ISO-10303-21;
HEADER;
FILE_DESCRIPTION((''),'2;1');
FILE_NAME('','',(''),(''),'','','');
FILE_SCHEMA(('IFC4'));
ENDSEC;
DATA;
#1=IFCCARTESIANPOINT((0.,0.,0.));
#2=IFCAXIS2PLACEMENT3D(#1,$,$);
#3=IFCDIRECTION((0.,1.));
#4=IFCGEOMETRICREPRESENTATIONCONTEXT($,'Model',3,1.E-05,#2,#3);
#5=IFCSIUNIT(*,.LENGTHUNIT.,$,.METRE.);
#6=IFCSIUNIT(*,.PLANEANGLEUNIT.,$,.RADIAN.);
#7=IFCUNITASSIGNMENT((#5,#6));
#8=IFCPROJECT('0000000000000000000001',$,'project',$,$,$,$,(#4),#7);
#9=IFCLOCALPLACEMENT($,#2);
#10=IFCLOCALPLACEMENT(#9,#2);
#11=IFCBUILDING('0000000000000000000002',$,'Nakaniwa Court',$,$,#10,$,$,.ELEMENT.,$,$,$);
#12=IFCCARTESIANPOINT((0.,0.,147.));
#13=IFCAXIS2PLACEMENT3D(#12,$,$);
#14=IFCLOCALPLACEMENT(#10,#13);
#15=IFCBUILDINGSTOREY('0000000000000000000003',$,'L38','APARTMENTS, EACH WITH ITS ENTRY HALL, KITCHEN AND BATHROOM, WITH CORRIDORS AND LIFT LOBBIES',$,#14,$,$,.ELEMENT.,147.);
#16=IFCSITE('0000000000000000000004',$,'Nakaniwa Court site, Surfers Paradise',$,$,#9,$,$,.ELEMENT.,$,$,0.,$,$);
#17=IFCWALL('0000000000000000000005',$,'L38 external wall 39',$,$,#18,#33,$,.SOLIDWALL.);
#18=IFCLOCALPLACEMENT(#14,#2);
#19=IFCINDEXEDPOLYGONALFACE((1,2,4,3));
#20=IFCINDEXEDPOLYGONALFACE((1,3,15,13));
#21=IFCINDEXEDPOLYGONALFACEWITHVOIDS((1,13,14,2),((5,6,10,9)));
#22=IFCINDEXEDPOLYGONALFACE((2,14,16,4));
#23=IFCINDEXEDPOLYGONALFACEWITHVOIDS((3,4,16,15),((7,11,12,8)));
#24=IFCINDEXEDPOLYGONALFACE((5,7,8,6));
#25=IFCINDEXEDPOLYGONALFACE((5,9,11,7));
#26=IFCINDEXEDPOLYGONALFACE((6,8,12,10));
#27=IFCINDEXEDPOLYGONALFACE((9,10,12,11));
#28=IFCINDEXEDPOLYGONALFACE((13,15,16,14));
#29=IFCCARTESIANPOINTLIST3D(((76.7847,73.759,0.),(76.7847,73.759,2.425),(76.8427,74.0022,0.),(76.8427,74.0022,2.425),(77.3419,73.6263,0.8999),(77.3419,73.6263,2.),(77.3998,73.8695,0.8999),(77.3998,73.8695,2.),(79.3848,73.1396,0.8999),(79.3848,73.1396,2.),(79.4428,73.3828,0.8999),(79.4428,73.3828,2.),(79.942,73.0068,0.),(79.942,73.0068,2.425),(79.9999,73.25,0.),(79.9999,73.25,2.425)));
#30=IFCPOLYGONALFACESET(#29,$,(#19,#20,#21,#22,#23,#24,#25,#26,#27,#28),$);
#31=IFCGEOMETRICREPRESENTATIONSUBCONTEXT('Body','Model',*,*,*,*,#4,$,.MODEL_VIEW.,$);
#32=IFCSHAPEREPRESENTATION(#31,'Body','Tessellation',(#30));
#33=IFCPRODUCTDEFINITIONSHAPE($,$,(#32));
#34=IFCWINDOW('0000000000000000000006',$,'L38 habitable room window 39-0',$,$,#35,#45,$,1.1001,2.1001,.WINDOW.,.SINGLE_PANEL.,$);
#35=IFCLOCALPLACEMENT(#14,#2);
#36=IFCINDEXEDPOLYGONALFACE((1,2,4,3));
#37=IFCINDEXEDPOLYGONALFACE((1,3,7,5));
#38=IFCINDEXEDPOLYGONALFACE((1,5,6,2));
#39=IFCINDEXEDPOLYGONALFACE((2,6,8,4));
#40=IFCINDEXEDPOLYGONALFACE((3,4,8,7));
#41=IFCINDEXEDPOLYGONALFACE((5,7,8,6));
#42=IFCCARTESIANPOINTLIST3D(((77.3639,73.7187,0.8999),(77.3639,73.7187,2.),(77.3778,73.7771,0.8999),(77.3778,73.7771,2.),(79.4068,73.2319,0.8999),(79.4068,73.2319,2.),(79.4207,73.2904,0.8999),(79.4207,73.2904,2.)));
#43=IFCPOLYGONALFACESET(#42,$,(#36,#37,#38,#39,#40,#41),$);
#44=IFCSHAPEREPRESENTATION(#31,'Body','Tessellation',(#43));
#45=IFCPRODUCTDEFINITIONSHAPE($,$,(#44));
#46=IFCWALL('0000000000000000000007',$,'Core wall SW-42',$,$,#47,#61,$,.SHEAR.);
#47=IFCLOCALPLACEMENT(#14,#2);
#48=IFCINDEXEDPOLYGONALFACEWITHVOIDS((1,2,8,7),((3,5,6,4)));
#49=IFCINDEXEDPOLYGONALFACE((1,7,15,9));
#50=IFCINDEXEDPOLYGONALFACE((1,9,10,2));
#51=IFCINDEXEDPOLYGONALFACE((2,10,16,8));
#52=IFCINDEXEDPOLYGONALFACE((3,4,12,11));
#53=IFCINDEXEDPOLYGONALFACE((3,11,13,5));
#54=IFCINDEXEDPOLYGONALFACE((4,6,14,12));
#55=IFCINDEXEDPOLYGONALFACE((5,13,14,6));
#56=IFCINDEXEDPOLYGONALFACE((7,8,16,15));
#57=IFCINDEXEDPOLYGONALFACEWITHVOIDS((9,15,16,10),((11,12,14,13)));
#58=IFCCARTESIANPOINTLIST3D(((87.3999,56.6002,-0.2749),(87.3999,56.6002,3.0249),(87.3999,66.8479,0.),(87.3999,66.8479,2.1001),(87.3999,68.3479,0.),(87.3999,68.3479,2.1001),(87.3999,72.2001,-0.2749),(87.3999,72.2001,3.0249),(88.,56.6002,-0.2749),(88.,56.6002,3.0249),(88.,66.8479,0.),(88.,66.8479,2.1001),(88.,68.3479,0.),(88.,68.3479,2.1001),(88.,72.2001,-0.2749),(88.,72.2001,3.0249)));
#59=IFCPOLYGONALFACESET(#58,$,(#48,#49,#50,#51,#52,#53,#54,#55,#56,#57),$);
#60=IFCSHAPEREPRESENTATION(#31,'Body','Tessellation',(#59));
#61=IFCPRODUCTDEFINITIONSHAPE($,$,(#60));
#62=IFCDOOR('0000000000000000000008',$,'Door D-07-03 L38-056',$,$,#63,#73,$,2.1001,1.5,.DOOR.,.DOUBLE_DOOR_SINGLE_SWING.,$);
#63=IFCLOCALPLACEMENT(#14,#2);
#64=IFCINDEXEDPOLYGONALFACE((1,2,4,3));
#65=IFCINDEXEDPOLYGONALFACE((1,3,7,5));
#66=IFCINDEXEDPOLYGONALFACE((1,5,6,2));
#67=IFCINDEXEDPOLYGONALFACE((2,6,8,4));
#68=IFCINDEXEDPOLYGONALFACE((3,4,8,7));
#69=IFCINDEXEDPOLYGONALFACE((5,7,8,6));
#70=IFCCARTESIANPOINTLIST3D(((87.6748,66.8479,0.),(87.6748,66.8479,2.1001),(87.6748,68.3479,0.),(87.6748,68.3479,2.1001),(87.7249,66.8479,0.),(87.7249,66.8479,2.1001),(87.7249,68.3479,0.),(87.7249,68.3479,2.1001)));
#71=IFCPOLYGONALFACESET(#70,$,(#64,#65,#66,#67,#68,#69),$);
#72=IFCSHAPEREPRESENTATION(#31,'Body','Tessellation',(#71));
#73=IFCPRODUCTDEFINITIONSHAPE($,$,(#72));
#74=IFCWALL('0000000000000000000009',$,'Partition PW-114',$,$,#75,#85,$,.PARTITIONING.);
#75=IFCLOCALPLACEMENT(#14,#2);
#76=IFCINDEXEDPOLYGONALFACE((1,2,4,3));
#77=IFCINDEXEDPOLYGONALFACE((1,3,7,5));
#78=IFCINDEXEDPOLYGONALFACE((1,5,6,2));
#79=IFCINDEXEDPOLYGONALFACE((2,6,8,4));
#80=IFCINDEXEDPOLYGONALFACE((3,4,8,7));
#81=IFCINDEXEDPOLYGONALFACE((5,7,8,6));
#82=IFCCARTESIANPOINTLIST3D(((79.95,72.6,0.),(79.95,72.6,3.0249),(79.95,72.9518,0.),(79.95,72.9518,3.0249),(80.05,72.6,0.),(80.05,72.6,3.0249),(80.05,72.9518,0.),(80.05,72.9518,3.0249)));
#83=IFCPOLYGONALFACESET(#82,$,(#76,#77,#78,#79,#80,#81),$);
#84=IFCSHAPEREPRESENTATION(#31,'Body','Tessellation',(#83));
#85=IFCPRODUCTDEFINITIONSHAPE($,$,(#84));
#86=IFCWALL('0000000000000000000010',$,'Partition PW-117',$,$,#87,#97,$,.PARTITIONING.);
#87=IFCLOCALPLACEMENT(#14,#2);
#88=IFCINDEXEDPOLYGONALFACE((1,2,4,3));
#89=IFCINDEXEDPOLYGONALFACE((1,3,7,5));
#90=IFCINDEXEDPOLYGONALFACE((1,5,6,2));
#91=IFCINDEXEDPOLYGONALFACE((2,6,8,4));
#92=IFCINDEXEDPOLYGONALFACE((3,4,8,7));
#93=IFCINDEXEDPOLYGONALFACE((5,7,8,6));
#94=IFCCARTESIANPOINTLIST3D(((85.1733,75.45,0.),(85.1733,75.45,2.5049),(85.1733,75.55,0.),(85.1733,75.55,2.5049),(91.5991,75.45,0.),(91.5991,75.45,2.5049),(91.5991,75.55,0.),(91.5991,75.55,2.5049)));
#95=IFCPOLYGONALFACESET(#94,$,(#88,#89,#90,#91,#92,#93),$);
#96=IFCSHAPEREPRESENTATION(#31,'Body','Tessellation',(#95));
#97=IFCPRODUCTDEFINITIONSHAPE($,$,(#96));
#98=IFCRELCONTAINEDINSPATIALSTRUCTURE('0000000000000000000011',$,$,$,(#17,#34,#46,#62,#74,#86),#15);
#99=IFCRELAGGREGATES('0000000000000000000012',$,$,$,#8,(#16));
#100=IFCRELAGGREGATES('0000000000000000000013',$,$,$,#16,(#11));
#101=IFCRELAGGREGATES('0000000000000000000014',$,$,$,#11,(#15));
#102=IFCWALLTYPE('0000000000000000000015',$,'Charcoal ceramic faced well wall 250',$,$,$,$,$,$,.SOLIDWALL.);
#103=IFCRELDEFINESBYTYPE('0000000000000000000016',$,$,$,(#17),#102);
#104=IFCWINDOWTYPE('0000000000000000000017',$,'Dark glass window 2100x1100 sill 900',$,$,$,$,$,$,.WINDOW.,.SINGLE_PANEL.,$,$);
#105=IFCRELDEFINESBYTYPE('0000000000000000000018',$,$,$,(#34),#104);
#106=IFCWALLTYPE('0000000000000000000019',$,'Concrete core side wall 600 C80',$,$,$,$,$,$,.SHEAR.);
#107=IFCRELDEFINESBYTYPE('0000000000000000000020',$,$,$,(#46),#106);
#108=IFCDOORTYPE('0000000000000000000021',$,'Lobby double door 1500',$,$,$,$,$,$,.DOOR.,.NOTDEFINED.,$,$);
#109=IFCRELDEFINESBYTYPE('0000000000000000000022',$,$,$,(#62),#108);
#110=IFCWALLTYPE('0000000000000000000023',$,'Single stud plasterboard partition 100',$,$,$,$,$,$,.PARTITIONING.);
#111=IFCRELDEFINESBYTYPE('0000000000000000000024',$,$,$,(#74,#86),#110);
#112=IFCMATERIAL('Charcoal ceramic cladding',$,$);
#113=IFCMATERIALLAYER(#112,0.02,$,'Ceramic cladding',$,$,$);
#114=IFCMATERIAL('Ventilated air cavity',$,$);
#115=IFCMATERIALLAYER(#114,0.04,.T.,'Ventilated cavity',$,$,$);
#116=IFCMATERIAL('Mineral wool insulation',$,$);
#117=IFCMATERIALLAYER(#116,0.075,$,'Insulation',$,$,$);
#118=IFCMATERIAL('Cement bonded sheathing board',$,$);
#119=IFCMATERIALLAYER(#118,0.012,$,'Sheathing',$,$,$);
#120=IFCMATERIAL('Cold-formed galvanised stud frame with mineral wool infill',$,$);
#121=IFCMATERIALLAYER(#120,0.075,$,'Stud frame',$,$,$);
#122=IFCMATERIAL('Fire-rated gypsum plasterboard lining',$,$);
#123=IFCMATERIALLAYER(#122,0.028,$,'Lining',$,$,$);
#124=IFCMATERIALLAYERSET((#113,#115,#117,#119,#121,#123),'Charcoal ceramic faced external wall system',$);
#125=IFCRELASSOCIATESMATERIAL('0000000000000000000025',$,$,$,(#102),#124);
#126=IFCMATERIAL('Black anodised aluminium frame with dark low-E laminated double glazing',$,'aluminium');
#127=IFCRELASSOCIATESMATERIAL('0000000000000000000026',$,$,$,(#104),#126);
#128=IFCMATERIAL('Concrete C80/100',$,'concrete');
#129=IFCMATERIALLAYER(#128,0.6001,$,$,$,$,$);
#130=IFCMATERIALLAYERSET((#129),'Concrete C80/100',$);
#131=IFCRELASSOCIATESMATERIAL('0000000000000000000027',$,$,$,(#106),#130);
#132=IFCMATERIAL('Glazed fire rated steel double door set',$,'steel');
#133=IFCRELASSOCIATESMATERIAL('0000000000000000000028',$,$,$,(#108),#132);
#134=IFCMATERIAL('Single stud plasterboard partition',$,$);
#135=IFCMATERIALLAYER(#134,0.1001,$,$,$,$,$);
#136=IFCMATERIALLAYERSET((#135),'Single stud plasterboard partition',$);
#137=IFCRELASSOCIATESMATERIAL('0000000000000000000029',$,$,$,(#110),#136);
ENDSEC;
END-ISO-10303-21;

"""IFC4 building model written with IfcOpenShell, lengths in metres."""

from ifc_helpers import new_model, si_unit, direction, frame, frame_2d, origin, place, context, subcontext, project, spatial, rectangle, extrude, material, layer, layer_set, type_object, element, fill, save


model = new_model("IFC4")

# Units and contexts
model_context = context("Model", 3, precision=1e-05, world=origin(), true_north=direction((0.0, 1.0)))
body_context = subcontext(model_context, "Body", "Model", "MODEL_VIEW")
ifc_project = project(units=[si_unit("LENGTHUNIT", "METRE"), si_unit("PLANEANGLEUNIT", "RADIAN")], contexts=[model_context])

# Site, building, storey
site_placement = place(None, origin())
site = spatial("IfcSite", under=ifc_project, at=site_placement, Name="Nakaniwa Court site, Surfers Paradise", CompositionType="ELEMENT", RefElevation=0.0)
building_placement = place(site_placement, origin())
building = spatial("IfcBuilding", under=site, at=building_placement, Name="Nakaniwa Court", CompositionType="ELEMENT")
storey_placement = place(building_placement, frame((0.0, 0.0, 147.0)))
storey = spatial("IfcBuildingStorey", under=building, at=storey_placement, Name="L38", Description="APARTMENTS, EACH WITH ITS ENTRY HALL, KITCHEN AND BATHROOM, WITH CORRIDORS AND LIFT LOBBIES", CompositionType="ELEMENT", Elevation=147.0)

# Shared definitions
ifc_material_1 = material(Name="Concrete C80/100", Category="concrete")

# Wall, opening, window
ifc_material_2 = material(Name="Charcoal ceramic cladding")
ifc_layer_1 = layer(ifc_material_2, 0.02, Name="Ceramic cladding")
ifc_material_3 = material(Name="Ventilated air cavity")
ifc_layer_2 = layer(ifc_material_3, 0.04, ventilated=True, Name="Ventilated cavity")
ifc_material_4 = material(Name="Mineral wool insulation")
ifc_layer_3 = layer(ifc_material_4, 0.075, Name="Insulation")
ifc_material_5 = material(Name="Cement bonded sheathing board")
ifc_layer_4 = layer(ifc_material_5, 0.012, Name="Sheathing")
ifc_material_6 = material(Name="Cold-formed galvanised stud frame with mineral wool infill")
ifc_layer_5 = layer(ifc_material_6, 0.075, Name="Stud frame")
ifc_material_7 = material(Name="Fire-rated gypsum plasterboard lining")
ifc_layer_6 = layer(ifc_material_7, 0.028, Name="Lining")
ifc_layer_set_1 = layer_set([ifc_layer_1, ifc_layer_2, ifc_layer_3, ifc_layer_4, ifc_layer_5, ifc_layer_6], Name="Charcoal ceramic faced external wall system")
wall_type_1 = type_object("IfcWallType", Name="Charcoal ceramic faced well wall 250", PredefinedType="SOLIDWALL", material=ifc_layer_set_1)
ifc_material_8 = material(Name="Black anodised aluminium frame with dark low-E laminated double glazing", Category="aluminium")
window_type_1 = type_object("IfcWindowType", Name="Dark glass window 2100x1100 sill 900", PartitioningType="SINGLE_PANEL", PredefinedType="WINDOW", material=ifc_material_8)
wall_1_placement = place(storey_placement, frame((79.9709, 73.1284, 0.0), z_axis=(0.0, 0.0, 1.0), x_axis=(-0.972773, 0.23176, 0.0)))
wall_1 = element("IfcWall", 1, at=wall_1_placement, inside=storey, type_object=wall_type_1, Name="L38 external wall 39", PredefinedType="SOLIDWALL", context=body_context, shape_type="SweptSolid", body=[
    extrude(rectangle(XDim=3.2456, YDim=0.25, at=frame_2d((1.6228, 0.0))), origin(), (0.0, 0.0, 1.0), 2.425),
])
opening_1_placement = place(wall_1_placement, frame((0.5728, 0.0, 0.8999)))
opening_1 = element("IfcOpeningElement", 2, at=opening_1_placement, cuts=wall_1, PredefinedType="OPENING", context=body_context, shape_type="SweptSolid", body=[
    extrude(rectangle(XDim=2.1001, YDim=1.1001, at=frame_2d((1.05, 0.55))), frame((0.0, 0.135, 0.0), z_axis=(0.0, -1.0, 0.0), x_axis=(1.0, 0.0, 0.0)), (0.0, 0.0, 1.0), 0.27),
])
window_1_placement = place(opening_1_placement, origin())
window_1 = element("IfcWindow", 3, at=window_1_placement, inside=storey, type_object=window_type_1, Name="L38 habitable room window 39-0", OverallHeight=1.1001, OverallWidth=2.1001, PartitioningType="SINGLE_PANEL", PredefinedType="WINDOW", context=body_context, shape_type="SweptSolid", body=[
    extrude(rectangle(XDim=2.1001, YDim=1.1001, at=frame_2d((1.05, 0.55))), frame((0.0, 0.03, 0.0), z_axis=(0.0, -1.0, 0.0), x_axis=(1.0, 0.0, 0.0)), (0.0, 0.0, 1.0), 0.0601),
])
fill(opening_1, window_1)

# Wall, opening, door
ifc_layer_7 = layer(ifc_material_1, 0.6001)
ifc_layer_set_2 = layer_set([ifc_layer_7], Name="Concrete C80/100")
wall_type_2 = type_object("IfcWallType", Name="Concrete core side wall 600 C80", PredefinedType="SHEAR", material=ifc_layer_set_2)
wall_2_placement = place(storey_placement, frame((87.7, 72.2, -0.2749), z_axis=(0.0, 0.0, 1.0), x_axis=(0.0, -1.0, 0.0)))
wall_2 = element("IfcWall", 4, at=wall_2_placement, inside=storey, type_object=wall_type_2, Name="Core wall SW-42", PredefinedType="SHEAR", context=body_context, shape_type="SweptSolid", body=[
    extrude(rectangle(XDim=15.5999, YDim=0.6001, at=frame_2d((7.7998, 0.0))), origin(), (0.0, 0.0, 1.0), 3.2998),
])
opening_2_placement = place(wall_2_placement, frame((3.8521, 0.0, 0.2749)))
opening_2 = element("IfcOpeningElement", 5, at=opening_2_placement, cuts=wall_2, PredefinedType="OPENING", context=body_context, shape_type="SweptSolid", body=[
    extrude(rectangle(XDim=1.5, YDim=2.1001, at=frame_2d((0.75, 1.05))), frame((0.0, 0.3101, 0.0), z_axis=(0.0, -1.0, 0.0), x_axis=(1.0, 0.0, 0.0)), (0.0, 0.0, 1.0), 0.6201),
])
ifc_material_9 = material(Name="Glazed fire rated steel double door set", Category="steel")
door_type = type_object("IfcDoorType", Name="Lobby double door 1500", OperationType="NOTDEFINED", PredefinedType="DOOR", material=ifc_material_9)
door_placement = place(opening_2_placement, origin())
door = element("IfcDoor", 6, at=door_placement, inside=storey, type_object=door_type, Name="Door D-07-03 L38-056", OperationType="DOUBLE_DOOR_SINGLE_SWING", OverallHeight=2.1001, OverallWidth=1.5, PredefinedType="DOOR", context=body_context, shape_type="SweptSolid", body=[
    extrude(rectangle(XDim=1.5, YDim=2.1001, at=frame_2d((0.75, 1.05))), frame((0.0, 0.0249, 0.0), z_axis=(0.0, -1.0, 0.0), x_axis=(1.0, 0.0, 0.0)), (0.0, 0.0, 1.0), 0.05),
])
fill(opening_2, door)

# Walls
ifc_material_10 = material(Name="Single stud plasterboard partition")
ifc_layer_8 = layer(ifc_material_10, 0.1001)
ifc_layer_set_3 = layer_set([ifc_layer_8], Name="Single stud plasterboard partition")
wall_type_3 = type_object("IfcWallType", Name="Single stud plasterboard partition 100", PredefinedType="PARTITIONING", material=ifc_layer_set_3)
wall_3_placement = place(storey_placement, frame((80.0, 72.6001, 0.0), z_axis=(0.0, 0.0, 1.0), x_axis=(0.0, 1.0, 0.0)))
element("IfcWall", 7, at=wall_3_placement, inside=storey, type_object=wall_type_3, Name="Partition PW-114", PredefinedType="PARTITIONING", context=body_context, shape_type="SweptSolid", body=[
    extrude(rectangle(XDim=0.3518, YDim=0.1001, at=frame_2d((0.1758, 0.0))), origin(), (0.0, 0.0, 1.0), 3.0249),
])
wall_4_placement = place(storey_placement, frame((85.1733, 75.5, 0.0), z_axis=(0.0, 0.0, 1.0), x_axis=(1.0, 0.0, 0.0)))
element("IfcWall", 8, at=wall_4_placement, inside=storey, type_object=wall_type_3, Name="Partition PW-117", PredefinedType="PARTITIONING", context=body_context, shape_type="SweptSolid", body=[
    extrude(rectangle(XDim=6.4258, YDim=0.1001, at=frame_2d((3.2129, 0.0))), origin(), (0.0, 0.0, 1.0), 2.5049),
])

save(model, "model.ifc")
